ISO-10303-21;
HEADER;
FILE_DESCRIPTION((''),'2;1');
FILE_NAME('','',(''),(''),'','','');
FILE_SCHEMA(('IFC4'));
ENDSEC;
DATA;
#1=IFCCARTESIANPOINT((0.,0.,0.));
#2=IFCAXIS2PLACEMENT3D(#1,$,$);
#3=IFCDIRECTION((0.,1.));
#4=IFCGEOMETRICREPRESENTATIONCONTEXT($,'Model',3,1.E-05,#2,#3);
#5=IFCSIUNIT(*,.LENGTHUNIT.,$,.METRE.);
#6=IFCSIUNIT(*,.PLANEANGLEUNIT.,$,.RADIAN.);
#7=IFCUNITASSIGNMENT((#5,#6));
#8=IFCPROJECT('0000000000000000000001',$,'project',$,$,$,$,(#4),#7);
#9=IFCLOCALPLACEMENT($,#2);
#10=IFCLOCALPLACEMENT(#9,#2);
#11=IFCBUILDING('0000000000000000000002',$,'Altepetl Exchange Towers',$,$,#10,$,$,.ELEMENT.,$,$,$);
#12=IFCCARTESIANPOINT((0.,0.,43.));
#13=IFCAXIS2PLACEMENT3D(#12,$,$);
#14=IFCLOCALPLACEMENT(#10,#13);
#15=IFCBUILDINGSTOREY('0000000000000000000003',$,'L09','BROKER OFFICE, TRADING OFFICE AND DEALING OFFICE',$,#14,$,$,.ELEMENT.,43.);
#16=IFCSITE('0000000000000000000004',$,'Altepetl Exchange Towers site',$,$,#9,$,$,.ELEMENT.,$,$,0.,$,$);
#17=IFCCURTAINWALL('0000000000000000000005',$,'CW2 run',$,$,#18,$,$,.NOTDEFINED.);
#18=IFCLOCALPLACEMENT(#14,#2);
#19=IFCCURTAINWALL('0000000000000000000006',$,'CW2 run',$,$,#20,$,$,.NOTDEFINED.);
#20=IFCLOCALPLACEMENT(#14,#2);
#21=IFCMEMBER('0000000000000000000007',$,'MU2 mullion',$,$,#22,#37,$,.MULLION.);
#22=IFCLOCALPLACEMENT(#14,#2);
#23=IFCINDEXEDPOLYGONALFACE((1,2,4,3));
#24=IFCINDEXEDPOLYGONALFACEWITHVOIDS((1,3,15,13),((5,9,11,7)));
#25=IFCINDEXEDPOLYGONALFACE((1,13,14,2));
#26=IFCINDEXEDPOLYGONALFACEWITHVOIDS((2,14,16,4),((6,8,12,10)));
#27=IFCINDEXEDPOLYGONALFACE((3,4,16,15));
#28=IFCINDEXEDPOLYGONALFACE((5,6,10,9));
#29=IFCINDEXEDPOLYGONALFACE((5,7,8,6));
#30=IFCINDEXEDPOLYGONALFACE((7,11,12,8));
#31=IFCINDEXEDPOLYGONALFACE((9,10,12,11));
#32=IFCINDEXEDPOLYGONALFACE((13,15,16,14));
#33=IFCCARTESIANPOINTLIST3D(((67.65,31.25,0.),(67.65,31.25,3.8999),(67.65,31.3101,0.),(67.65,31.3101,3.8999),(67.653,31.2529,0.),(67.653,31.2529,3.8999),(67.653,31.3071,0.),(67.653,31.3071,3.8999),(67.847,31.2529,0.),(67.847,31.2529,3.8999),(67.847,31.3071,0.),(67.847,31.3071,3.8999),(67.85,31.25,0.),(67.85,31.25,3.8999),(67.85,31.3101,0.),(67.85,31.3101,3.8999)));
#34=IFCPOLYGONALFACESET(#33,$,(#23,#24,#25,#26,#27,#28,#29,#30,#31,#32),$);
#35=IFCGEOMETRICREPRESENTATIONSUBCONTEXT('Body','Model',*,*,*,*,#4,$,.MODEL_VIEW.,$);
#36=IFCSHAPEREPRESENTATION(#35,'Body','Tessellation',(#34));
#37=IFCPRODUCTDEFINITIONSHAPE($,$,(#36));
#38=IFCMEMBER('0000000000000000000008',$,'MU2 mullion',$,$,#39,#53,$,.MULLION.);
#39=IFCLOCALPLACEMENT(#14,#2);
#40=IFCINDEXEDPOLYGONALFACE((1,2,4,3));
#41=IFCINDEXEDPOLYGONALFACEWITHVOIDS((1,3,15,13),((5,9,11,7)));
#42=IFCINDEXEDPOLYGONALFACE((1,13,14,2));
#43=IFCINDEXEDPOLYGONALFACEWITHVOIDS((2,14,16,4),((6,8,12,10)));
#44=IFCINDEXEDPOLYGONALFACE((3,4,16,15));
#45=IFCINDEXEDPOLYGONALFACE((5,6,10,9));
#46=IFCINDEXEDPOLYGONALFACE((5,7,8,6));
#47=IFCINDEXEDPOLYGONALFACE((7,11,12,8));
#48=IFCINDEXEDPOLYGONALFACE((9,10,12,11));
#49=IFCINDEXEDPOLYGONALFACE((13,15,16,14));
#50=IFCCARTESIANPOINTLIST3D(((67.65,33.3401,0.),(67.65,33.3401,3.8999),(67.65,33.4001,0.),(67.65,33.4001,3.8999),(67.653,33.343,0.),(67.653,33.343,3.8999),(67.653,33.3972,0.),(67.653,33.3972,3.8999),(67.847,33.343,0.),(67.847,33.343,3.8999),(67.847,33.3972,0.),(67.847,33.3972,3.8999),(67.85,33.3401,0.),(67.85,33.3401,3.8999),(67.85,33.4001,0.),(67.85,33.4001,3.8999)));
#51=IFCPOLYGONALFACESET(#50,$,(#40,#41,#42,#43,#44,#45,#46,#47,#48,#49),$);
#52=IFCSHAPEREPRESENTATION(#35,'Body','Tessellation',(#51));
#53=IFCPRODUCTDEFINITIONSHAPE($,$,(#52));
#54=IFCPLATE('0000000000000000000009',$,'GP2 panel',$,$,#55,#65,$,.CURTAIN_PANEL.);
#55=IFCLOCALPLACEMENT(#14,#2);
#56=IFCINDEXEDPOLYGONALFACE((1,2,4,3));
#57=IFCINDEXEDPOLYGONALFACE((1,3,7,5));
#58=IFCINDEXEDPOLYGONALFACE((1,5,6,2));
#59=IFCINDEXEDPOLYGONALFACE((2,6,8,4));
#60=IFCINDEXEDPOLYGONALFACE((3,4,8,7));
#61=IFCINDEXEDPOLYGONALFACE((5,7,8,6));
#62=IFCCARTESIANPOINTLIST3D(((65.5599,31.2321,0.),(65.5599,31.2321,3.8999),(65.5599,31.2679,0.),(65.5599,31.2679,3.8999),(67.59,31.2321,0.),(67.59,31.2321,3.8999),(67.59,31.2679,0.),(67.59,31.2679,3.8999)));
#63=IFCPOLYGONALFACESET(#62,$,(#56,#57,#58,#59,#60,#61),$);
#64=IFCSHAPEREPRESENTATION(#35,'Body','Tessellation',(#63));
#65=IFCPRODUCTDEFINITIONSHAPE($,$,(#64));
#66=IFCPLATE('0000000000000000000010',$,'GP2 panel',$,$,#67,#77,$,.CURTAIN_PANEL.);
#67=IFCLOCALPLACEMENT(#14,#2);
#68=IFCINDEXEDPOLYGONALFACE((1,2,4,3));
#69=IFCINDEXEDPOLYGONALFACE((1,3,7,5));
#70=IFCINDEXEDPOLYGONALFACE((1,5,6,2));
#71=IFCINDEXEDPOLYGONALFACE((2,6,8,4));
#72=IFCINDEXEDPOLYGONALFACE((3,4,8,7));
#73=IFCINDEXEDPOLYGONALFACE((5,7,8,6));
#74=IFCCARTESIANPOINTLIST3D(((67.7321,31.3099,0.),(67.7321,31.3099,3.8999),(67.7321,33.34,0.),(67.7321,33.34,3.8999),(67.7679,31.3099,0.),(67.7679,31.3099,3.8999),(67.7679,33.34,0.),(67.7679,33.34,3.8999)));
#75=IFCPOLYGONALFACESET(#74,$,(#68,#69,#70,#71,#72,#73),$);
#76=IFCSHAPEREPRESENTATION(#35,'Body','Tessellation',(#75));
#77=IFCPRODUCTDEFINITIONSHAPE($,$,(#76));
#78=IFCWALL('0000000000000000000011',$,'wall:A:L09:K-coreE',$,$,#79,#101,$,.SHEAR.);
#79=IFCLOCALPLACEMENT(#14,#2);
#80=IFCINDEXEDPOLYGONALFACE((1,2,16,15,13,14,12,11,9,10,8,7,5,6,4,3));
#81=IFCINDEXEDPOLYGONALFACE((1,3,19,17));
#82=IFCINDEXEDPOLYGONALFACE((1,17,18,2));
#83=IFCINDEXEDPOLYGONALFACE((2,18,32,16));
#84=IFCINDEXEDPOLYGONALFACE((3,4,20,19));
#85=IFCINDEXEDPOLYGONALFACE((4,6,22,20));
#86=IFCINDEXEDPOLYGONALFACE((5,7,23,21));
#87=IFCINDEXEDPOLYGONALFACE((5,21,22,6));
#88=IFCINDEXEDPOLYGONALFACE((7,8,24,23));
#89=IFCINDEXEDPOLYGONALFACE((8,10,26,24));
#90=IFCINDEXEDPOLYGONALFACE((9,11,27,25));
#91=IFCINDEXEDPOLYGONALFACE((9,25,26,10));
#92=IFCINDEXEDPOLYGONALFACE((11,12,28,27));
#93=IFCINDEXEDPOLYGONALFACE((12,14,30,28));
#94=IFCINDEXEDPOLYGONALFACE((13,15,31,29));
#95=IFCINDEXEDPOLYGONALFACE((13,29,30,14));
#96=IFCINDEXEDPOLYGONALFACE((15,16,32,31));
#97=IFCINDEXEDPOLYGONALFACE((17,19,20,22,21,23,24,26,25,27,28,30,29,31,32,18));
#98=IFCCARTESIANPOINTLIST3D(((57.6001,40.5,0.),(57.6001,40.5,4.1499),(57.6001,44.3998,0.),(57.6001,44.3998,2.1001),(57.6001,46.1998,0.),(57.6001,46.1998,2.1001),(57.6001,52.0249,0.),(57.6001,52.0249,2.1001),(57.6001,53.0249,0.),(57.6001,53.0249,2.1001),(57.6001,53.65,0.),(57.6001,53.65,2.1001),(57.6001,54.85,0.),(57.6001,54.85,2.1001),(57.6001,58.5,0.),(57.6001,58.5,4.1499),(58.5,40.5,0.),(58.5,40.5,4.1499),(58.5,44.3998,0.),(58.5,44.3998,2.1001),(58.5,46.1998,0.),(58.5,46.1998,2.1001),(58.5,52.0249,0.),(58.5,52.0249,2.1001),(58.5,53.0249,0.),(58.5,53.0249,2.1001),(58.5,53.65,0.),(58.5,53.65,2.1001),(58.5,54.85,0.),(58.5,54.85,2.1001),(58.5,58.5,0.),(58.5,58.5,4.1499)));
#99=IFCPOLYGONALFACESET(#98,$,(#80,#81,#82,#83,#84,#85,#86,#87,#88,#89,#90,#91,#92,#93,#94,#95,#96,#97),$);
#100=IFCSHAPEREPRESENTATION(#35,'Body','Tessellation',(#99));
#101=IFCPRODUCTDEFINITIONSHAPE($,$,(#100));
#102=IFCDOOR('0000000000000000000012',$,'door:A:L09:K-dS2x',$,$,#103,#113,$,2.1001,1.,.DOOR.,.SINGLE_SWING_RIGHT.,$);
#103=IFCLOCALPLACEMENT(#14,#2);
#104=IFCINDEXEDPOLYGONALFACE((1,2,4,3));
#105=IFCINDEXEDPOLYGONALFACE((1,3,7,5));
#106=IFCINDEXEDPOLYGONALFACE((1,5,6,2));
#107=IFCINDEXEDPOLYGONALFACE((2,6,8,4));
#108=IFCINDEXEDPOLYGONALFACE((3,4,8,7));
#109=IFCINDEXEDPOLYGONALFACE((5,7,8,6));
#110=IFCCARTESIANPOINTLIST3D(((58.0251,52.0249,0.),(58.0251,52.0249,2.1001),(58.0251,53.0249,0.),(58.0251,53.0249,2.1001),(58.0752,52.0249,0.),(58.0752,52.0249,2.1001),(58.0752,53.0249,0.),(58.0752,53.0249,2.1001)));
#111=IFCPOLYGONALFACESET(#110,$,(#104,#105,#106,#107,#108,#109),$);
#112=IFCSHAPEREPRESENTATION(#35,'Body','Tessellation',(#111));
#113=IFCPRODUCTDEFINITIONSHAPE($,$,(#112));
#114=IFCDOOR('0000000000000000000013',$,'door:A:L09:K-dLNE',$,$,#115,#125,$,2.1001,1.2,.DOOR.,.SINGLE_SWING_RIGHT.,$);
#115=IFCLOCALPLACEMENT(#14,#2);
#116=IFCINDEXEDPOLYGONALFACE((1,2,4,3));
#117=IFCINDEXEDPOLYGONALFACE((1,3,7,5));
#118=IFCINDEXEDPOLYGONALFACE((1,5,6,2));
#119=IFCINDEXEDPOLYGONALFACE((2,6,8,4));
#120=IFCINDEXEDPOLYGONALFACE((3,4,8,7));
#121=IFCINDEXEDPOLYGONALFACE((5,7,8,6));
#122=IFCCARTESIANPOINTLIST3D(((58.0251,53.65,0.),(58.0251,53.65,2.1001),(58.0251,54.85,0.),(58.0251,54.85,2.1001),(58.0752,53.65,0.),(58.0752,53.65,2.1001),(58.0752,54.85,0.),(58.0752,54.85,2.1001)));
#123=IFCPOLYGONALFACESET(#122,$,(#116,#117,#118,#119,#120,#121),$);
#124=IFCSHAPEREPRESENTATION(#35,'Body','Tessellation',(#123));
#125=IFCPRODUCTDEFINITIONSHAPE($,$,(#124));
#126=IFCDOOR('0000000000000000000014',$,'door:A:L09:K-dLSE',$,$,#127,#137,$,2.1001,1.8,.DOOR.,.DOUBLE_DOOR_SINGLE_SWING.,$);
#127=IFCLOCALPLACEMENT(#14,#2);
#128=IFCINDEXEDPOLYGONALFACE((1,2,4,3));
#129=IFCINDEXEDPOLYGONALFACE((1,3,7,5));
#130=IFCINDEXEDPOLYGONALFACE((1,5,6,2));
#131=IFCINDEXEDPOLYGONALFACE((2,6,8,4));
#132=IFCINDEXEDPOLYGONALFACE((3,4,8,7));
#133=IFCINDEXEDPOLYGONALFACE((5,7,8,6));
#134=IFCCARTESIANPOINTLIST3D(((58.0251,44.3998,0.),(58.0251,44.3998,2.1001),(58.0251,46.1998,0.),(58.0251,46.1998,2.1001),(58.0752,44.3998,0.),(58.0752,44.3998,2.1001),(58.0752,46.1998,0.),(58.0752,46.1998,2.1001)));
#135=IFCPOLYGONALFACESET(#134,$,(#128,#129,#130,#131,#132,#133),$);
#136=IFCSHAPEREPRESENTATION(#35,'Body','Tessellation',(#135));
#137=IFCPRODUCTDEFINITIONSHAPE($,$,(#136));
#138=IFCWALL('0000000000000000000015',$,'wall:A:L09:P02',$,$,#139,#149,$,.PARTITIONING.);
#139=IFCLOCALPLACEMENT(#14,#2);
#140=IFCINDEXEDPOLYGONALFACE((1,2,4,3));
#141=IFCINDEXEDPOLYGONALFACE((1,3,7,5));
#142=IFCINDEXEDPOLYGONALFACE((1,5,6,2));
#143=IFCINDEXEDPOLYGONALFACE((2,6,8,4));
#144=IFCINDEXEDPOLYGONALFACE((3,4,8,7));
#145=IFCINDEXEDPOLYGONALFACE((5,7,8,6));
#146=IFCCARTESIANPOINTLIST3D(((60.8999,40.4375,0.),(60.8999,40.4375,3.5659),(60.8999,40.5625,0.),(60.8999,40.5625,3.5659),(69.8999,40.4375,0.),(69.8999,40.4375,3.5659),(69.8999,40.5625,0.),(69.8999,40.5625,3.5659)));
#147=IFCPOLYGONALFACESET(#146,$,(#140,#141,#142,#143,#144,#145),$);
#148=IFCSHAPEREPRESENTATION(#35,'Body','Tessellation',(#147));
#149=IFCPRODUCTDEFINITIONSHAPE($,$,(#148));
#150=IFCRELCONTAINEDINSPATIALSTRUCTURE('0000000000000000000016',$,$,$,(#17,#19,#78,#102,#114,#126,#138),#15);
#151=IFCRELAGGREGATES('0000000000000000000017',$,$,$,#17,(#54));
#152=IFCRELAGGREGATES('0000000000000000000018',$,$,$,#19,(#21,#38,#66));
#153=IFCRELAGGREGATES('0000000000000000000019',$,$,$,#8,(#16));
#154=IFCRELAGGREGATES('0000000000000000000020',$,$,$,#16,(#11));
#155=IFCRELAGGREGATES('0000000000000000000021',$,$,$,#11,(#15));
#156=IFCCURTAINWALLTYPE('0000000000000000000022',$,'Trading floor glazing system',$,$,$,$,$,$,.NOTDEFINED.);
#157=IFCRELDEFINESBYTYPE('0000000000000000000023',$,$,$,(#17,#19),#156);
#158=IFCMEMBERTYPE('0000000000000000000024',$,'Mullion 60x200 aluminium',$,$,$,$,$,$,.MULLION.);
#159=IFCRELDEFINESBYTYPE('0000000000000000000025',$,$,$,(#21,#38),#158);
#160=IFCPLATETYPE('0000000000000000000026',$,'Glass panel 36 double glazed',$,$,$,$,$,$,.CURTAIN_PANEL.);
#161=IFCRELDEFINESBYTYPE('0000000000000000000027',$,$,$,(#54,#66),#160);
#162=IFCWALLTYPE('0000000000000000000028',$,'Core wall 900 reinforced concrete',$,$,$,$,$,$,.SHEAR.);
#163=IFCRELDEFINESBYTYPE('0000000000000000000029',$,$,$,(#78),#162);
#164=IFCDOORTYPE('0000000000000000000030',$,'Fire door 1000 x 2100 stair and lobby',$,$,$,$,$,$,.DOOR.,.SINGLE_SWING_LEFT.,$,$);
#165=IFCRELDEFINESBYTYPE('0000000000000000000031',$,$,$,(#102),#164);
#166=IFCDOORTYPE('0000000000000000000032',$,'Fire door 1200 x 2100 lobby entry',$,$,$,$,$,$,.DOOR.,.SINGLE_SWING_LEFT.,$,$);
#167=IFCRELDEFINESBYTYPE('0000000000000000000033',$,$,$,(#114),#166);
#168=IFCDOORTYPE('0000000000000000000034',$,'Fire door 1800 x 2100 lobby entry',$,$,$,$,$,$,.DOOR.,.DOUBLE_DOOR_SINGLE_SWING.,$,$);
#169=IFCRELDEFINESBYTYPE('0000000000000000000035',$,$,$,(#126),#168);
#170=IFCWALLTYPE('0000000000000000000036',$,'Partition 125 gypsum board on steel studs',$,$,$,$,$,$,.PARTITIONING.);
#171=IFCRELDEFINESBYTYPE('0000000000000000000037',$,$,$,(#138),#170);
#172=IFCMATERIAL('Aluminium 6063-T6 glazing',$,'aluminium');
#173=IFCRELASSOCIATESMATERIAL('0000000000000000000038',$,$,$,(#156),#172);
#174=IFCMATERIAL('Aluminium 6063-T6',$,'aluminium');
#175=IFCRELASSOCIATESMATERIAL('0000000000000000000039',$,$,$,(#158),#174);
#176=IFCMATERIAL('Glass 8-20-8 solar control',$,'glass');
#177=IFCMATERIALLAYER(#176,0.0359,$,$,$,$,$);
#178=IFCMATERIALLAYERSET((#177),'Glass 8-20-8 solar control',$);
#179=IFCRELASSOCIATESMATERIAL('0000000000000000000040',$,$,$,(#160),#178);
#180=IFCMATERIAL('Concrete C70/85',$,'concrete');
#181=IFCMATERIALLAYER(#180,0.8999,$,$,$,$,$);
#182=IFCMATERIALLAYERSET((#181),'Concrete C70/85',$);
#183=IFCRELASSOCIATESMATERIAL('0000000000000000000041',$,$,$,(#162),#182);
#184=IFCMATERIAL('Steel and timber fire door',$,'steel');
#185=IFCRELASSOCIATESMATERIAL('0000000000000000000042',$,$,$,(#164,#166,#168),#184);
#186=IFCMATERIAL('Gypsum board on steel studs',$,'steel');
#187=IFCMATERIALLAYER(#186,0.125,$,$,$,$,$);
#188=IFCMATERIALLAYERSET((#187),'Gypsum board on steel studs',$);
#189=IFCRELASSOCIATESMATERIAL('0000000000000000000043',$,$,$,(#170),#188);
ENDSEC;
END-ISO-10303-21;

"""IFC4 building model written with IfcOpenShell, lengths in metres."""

from ifc_helpers import new_model, si_unit, direction, frame, frame_2d, origin, origin_2d, place, context, subcontext, project, spatial, rectangle, hollow_rectangle, extrude, material, layer, layer_set, material_profile, profile_set, type_object, element, fill, aggregate, save


model = new_model("IFC4")

# Units and contexts
model_context = context("Model", 3, precision=1e-05, world=origin(), true_north=direction((0.0, 1.0)))
body_context = subcontext(model_context, "Body", "Model", "MODEL_VIEW")
ifc_project = project(units=[si_unit("LENGTHUNIT", "METRE"), si_unit("PLANEANGLEUNIT", "RADIAN")], contexts=[model_context])

# Site, building, storey
site_placement = place(None, origin())
site = spatial("IfcSite", under=ifc_project, at=site_placement, Name="Altepetl Exchange Towers site", CompositionType="ELEMENT", RefElevation=0.0)
building_placement = place(site_placement, origin())
building = spatial("IfcBuilding", under=site, at=building_placement, Name="Altepetl Exchange Towers", CompositionType="ELEMENT")
storey_placement = place(building_placement, frame((0.0, 0.0, 43.0)))
storey = spatial("IfcBuildingStorey", under=building, at=storey_placement, Name="L09", Description="BROKER OFFICE, TRADING OFFICE AND DEALING OFFICE", CompositionType="ELEMENT", Elevation=43.0)

# Shared definitions
ifc_material_1 = material(Name="Concrete C70/85", Category="concrete")

# Shared definitions
ifc_material_2 = material(Name="Aluminium 6063-T6 glazing", Category="aluminium")
curtain_wall_type = type_object("IfcCurtainWallType", Name="Trading floor glazing system", PredefinedType="NOTDEFINED", material=ifc_material_2)
ifc_material_3 = material(Name="Aluminium 6063-T6", Category="aluminium")
ifc_material_profile_1 = material_profile(ifc_material_3, hollow_rectangle(XDim=0.0601, YDim=0.2, WallThickness=0.0029, at=origin_2d()), Name="Mullion 60x200 aluminium")
ifc_profile_set_1 = profile_set([ifc_material_profile_1], Name="Aluminium 6063-T6")
member_type = type_object("IfcMemberType", Name="Mullion 60x200 aluminium", PredefinedType="MULLION", material=ifc_profile_set_1)

# Curtain walls, members
curtain_wall_1_placement = place(storey_placement, origin())
curtain_wall_1 = element("IfcCurtainWall", 1, at=curtain_wall_1_placement, inside=storey, type_object=curtain_wall_type, Name="CW2 run", PredefinedType="NOTDEFINED")
curtain_wall_2_placement = place(storey_placement, origin())
curtain_wall_2 = element("IfcCurtainWall", 2, at=curtain_wall_2_placement, inside=storey, type_object=curtain_wall_type, Name="CW2 run", PredefinedType="NOTDEFINED")
member_1_placement = place(storey_placement, frame((67.75, 31.28, 0.0), z_axis=(0.0, 0.0, 1.0), x_axis=(0.0, 1.0, 0.0)))
member_1 = element("IfcMember", 3, at=member_1_placement, type_object=member_type, Name="MU2 mullion", PredefinedType="MULLION", context=body_context, shape_type="SweptSolid", body=[
    extrude(hollow_rectangle(XDim=0.0601, YDim=0.2, WallThickness=0.0029, at=origin_2d()), origin(), (0.0, 0.0, 1.0), 3.8999),
])
member_2_placement = place(storey_placement, frame((67.75, 33.3701, 0.0), z_axis=(0.0, 0.0, 1.0), x_axis=(0.0, 1.0, 0.0)))
member_2 = element("IfcMember", 4, at=member_2_placement, type_object=member_type, Name="MU2 mullion", PredefinedType="MULLION", context=body_context, shape_type="SweptSolid", body=[
    extrude(hollow_rectangle(XDim=0.0601, YDim=0.2, WallThickness=0.0029, at=origin_2d()), origin(), (0.0, 0.0, 1.0), 3.8999),
])

# Plates
ifc_material_4 = material(Name="Glass 8-20-8 solar control", Category="glass")
ifc_layer_1 = layer(ifc_material_4, 0.0359)
ifc_layer_set_1 = layer_set([ifc_layer_1], Name="Glass 8-20-8 solar control")
plate_type = type_object("IfcPlateType", Name="Glass panel 36 double glazed", PredefinedType="CURTAIN_PANEL", material=ifc_layer_set_1)
plate_1_placement = place(storey_placement, frame((66.575, 31.25, 0.0)))
plate_1 = element("IfcPlate", 5, at=plate_1_placement, type_object=plate_type, Name="GP2 panel", PredefinedType="CURTAIN_PANEL", context=body_context, shape_type="SweptSolid", body=[
    extrude(rectangle(XDim=2.03, YDim=0.0359, at=origin_2d()), origin(), (0.0, 0.0, 1.0), 3.8999),
])
aggregate(curtain_wall_1, [plate_1])
plate_2_placement = place(storey_placement, frame((67.75, 32.325, 0.0), z_axis=(0.0, 0.0, 1.0), x_axis=(0.0, 1.0, 0.0)))
plate_2 = element("IfcPlate", 6, at=plate_2_placement, type_object=plate_type, Name="GP2 panel", PredefinedType="CURTAIN_PANEL", context=body_context, shape_type="SweptSolid", body=[
    extrude(rectangle(XDim=2.03, YDim=0.0359, at=origin_2d()), origin(), (0.0, 0.0, 1.0), 3.8999),
])
aggregate(curtain_wall_2, [member_1, member_2, plate_2])

# Wall, openings, doors
ifc_layer_2 = layer(ifc_material_1, 0.8999)
ifc_layer_set_2 = layer_set([ifc_layer_2], Name="Concrete C70/85")
wall_type_1 = type_object("IfcWallType", Name="Core wall 900 reinforced concrete", PredefinedType="SHEAR", material=ifc_layer_set_2)
wall_1_placement = place(storey_placement, frame((58.05, 40.5, 0.0), z_axis=(0.0, 0.0, 1.0), x_axis=(0.0, 1.0, 0.0)))
wall_1 = element("IfcWall", 7, at=wall_1_placement, inside=storey, type_object=wall_type_1, Name="wall:A:L09:K-coreE", PredefinedType="SHEAR", context=body_context, shape_type="SweptSolid", body=[
    extrude(rectangle(XDim=18.0, YDim=0.8999, at=frame_2d((9.0, 0.0))), origin(), (0.0, 0.0, 1.0), 4.1499),
])
opening_1_placement = place(wall_1_placement, frame((13.1499, 0.0, 0.0)))
opening_1 = element("IfcOpeningElement", 8, at=opening_1_placement, cuts=wall_1, PredefinedType="OPENING", context=body_context, shape_type="SweptSolid", body=[
    extrude(rectangle(XDim=1.2, YDim=2.1001, at=frame_2d((0.6001, 1.05))), frame((0.0, 0.46, 0.0), z_axis=(0.0, -1.0, 0.0), x_axis=(1.0, 0.0, 0.0)), (0.0, 0.0, 1.0), 0.9199),
])
opening_2_placement = place(wall_1_placement, frame((3.8999, 0.0, 0.0)))
opening_2 = element("IfcOpeningElement", 9, at=opening_2_placement, cuts=wall_1, PredefinedType="OPENING", context=body_context, shape_type="SweptSolid", body=[
    extrude(rectangle(XDim=1.8, YDim=2.1001, at=frame_2d((0.8999, 1.05))), frame((0.0, 0.46, 0.0), z_axis=(0.0, -1.0, 0.0), x_axis=(1.0, 0.0, 0.0)), (0.0, 0.0, 1.0), 0.9199),
])
opening_3_placement = place(wall_1_placement, frame((11.5249, 0.0, 0.0)))
opening_3 = element("IfcOpeningElement", 10, at=opening_3_placement, cuts=wall_1, PredefinedType="OPENING", context=body_context, shape_type="SweptSolid", body=[
    extrude(rectangle(XDim=1.0, YDim=2.1001, at=frame_2d((0.5, 1.05))), frame((0.0, 0.46, 0.0), z_axis=(0.0, -1.0, 0.0), x_axis=(1.0, 0.0, 0.0)), (0.0, 0.0, 1.0), 0.9199),
])
ifc_material_5 = material(Name="Steel and timber fire door", Category="steel")
door_type_1 = type_object("IfcDoorType", Name="Fire door 1000 x 2100 stair and lobby", OperationType="SINGLE_SWING_LEFT", PredefinedType="DOOR", material=ifc_material_5)
door_1_placement = place(opening_3_placement, origin())
door_1 = element("IfcDoor", 11, at=door_1_placement, inside=storey, type_object=door_type_1, Name="door:A:L09:K-dS2x", OperationType="SINGLE_SWING_RIGHT", OverallHeight=2.1001, OverallWidth=1.0, PredefinedType="DOOR", context=body_context, shape_type="SweptSolid", body=[
    extrude(rectangle(XDim=1.0, YDim=2.1001, at=frame_2d((0.5, 1.05))), frame((0.0, 0.0249, 0.0), z_axis=(0.0, -1.0, 0.0), x_axis=(1.0, 0.0, 0.0)), (0.0, 0.0, 1.0), 0.05),
])
fill(opening_3, door_1)
door_type_2 = type_object("IfcDoorType", Name="Fire door 1200 x 2100 lobby entry", OperationType="SINGLE_SWING_LEFT", PredefinedType="DOOR", material=ifc_material_5)
door_2_placement = place(opening_1_placement, origin())
door_2 = element("IfcDoor", 12, at=door_2_placement, inside=storey, type_object=door_type_2, Name="door:A:L09:K-dLNE", OperationType="SINGLE_SWING_RIGHT", OverallHeight=2.1001, OverallWidth=1.2, PredefinedType="DOOR", context=body_context, shape_type="SweptSolid", body=[
    extrude(rectangle(XDim=1.2, YDim=2.1001, at=frame_2d((0.6001, 1.05))), frame((0.0, 0.0249, 0.0), z_axis=(0.0, -1.0, 0.0), x_axis=(1.0, 0.0, 0.0)), (0.0, 0.0, 1.0), 0.05),
])
fill(opening_1, door_2)
door_type_3 = type_object("IfcDoorType", Name="Fire door 1800 x 2100 lobby entry", OperationType="DOUBLE_DOOR_SINGLE_SWING", PredefinedType="DOOR", material=ifc_material_5)
door_3_placement = place(opening_2_placement, origin())
door_3 = element("IfcDoor", 13, at=door_3_placement, inside=storey, type_object=door_type_3, Name="door:A:L09:K-dLSE", OperationType="DOUBLE_DOOR_SINGLE_SWING", OverallHeight=2.1001, OverallWidth=1.8, PredefinedType="DOOR", context=body_context, shape_type="SweptSolid", body=[
    extrude(rectangle(XDim=1.8, YDim=2.1001, at=frame_2d((0.8999, 1.05))), frame((0.0, 0.0249, 0.0), z_axis=(0.0, -1.0, 0.0), x_axis=(1.0, 0.0, 0.0)), (0.0, 0.0, 1.0), 0.05),
])
fill(opening_2, door_3)

# Wall
ifc_material_6 = material(Name="Gypsum board on steel studs", Category="steel")
ifc_layer_3 = layer(ifc_material_6, 0.125)
ifc_layer_set_3 = layer_set([ifc_layer_3], Name="Gypsum board on steel studs")
wall_type_2 = type_object("IfcWallType", Name="Partition 125 gypsum board on steel studs", PredefinedType="PARTITIONING", material=ifc_layer_set_3)
wall_2_placement = place(storey_placement, frame((60.8999, 40.5, 0.0)))
element("IfcWall", 14, at=wall_2_placement, inside=storey, type_object=wall_type_2, Name="wall:A:L09:P02", PredefinedType="PARTITIONING", context=body_context, shape_type="SweptSolid", body=[
    extrude(rectangle(XDim=9.0, YDim=0.125, at=frame_2d((4.5, 0.0))), origin(), (0.0, 0.0, 1.0), 3.5659),
])

save(model, "model.ifc")
